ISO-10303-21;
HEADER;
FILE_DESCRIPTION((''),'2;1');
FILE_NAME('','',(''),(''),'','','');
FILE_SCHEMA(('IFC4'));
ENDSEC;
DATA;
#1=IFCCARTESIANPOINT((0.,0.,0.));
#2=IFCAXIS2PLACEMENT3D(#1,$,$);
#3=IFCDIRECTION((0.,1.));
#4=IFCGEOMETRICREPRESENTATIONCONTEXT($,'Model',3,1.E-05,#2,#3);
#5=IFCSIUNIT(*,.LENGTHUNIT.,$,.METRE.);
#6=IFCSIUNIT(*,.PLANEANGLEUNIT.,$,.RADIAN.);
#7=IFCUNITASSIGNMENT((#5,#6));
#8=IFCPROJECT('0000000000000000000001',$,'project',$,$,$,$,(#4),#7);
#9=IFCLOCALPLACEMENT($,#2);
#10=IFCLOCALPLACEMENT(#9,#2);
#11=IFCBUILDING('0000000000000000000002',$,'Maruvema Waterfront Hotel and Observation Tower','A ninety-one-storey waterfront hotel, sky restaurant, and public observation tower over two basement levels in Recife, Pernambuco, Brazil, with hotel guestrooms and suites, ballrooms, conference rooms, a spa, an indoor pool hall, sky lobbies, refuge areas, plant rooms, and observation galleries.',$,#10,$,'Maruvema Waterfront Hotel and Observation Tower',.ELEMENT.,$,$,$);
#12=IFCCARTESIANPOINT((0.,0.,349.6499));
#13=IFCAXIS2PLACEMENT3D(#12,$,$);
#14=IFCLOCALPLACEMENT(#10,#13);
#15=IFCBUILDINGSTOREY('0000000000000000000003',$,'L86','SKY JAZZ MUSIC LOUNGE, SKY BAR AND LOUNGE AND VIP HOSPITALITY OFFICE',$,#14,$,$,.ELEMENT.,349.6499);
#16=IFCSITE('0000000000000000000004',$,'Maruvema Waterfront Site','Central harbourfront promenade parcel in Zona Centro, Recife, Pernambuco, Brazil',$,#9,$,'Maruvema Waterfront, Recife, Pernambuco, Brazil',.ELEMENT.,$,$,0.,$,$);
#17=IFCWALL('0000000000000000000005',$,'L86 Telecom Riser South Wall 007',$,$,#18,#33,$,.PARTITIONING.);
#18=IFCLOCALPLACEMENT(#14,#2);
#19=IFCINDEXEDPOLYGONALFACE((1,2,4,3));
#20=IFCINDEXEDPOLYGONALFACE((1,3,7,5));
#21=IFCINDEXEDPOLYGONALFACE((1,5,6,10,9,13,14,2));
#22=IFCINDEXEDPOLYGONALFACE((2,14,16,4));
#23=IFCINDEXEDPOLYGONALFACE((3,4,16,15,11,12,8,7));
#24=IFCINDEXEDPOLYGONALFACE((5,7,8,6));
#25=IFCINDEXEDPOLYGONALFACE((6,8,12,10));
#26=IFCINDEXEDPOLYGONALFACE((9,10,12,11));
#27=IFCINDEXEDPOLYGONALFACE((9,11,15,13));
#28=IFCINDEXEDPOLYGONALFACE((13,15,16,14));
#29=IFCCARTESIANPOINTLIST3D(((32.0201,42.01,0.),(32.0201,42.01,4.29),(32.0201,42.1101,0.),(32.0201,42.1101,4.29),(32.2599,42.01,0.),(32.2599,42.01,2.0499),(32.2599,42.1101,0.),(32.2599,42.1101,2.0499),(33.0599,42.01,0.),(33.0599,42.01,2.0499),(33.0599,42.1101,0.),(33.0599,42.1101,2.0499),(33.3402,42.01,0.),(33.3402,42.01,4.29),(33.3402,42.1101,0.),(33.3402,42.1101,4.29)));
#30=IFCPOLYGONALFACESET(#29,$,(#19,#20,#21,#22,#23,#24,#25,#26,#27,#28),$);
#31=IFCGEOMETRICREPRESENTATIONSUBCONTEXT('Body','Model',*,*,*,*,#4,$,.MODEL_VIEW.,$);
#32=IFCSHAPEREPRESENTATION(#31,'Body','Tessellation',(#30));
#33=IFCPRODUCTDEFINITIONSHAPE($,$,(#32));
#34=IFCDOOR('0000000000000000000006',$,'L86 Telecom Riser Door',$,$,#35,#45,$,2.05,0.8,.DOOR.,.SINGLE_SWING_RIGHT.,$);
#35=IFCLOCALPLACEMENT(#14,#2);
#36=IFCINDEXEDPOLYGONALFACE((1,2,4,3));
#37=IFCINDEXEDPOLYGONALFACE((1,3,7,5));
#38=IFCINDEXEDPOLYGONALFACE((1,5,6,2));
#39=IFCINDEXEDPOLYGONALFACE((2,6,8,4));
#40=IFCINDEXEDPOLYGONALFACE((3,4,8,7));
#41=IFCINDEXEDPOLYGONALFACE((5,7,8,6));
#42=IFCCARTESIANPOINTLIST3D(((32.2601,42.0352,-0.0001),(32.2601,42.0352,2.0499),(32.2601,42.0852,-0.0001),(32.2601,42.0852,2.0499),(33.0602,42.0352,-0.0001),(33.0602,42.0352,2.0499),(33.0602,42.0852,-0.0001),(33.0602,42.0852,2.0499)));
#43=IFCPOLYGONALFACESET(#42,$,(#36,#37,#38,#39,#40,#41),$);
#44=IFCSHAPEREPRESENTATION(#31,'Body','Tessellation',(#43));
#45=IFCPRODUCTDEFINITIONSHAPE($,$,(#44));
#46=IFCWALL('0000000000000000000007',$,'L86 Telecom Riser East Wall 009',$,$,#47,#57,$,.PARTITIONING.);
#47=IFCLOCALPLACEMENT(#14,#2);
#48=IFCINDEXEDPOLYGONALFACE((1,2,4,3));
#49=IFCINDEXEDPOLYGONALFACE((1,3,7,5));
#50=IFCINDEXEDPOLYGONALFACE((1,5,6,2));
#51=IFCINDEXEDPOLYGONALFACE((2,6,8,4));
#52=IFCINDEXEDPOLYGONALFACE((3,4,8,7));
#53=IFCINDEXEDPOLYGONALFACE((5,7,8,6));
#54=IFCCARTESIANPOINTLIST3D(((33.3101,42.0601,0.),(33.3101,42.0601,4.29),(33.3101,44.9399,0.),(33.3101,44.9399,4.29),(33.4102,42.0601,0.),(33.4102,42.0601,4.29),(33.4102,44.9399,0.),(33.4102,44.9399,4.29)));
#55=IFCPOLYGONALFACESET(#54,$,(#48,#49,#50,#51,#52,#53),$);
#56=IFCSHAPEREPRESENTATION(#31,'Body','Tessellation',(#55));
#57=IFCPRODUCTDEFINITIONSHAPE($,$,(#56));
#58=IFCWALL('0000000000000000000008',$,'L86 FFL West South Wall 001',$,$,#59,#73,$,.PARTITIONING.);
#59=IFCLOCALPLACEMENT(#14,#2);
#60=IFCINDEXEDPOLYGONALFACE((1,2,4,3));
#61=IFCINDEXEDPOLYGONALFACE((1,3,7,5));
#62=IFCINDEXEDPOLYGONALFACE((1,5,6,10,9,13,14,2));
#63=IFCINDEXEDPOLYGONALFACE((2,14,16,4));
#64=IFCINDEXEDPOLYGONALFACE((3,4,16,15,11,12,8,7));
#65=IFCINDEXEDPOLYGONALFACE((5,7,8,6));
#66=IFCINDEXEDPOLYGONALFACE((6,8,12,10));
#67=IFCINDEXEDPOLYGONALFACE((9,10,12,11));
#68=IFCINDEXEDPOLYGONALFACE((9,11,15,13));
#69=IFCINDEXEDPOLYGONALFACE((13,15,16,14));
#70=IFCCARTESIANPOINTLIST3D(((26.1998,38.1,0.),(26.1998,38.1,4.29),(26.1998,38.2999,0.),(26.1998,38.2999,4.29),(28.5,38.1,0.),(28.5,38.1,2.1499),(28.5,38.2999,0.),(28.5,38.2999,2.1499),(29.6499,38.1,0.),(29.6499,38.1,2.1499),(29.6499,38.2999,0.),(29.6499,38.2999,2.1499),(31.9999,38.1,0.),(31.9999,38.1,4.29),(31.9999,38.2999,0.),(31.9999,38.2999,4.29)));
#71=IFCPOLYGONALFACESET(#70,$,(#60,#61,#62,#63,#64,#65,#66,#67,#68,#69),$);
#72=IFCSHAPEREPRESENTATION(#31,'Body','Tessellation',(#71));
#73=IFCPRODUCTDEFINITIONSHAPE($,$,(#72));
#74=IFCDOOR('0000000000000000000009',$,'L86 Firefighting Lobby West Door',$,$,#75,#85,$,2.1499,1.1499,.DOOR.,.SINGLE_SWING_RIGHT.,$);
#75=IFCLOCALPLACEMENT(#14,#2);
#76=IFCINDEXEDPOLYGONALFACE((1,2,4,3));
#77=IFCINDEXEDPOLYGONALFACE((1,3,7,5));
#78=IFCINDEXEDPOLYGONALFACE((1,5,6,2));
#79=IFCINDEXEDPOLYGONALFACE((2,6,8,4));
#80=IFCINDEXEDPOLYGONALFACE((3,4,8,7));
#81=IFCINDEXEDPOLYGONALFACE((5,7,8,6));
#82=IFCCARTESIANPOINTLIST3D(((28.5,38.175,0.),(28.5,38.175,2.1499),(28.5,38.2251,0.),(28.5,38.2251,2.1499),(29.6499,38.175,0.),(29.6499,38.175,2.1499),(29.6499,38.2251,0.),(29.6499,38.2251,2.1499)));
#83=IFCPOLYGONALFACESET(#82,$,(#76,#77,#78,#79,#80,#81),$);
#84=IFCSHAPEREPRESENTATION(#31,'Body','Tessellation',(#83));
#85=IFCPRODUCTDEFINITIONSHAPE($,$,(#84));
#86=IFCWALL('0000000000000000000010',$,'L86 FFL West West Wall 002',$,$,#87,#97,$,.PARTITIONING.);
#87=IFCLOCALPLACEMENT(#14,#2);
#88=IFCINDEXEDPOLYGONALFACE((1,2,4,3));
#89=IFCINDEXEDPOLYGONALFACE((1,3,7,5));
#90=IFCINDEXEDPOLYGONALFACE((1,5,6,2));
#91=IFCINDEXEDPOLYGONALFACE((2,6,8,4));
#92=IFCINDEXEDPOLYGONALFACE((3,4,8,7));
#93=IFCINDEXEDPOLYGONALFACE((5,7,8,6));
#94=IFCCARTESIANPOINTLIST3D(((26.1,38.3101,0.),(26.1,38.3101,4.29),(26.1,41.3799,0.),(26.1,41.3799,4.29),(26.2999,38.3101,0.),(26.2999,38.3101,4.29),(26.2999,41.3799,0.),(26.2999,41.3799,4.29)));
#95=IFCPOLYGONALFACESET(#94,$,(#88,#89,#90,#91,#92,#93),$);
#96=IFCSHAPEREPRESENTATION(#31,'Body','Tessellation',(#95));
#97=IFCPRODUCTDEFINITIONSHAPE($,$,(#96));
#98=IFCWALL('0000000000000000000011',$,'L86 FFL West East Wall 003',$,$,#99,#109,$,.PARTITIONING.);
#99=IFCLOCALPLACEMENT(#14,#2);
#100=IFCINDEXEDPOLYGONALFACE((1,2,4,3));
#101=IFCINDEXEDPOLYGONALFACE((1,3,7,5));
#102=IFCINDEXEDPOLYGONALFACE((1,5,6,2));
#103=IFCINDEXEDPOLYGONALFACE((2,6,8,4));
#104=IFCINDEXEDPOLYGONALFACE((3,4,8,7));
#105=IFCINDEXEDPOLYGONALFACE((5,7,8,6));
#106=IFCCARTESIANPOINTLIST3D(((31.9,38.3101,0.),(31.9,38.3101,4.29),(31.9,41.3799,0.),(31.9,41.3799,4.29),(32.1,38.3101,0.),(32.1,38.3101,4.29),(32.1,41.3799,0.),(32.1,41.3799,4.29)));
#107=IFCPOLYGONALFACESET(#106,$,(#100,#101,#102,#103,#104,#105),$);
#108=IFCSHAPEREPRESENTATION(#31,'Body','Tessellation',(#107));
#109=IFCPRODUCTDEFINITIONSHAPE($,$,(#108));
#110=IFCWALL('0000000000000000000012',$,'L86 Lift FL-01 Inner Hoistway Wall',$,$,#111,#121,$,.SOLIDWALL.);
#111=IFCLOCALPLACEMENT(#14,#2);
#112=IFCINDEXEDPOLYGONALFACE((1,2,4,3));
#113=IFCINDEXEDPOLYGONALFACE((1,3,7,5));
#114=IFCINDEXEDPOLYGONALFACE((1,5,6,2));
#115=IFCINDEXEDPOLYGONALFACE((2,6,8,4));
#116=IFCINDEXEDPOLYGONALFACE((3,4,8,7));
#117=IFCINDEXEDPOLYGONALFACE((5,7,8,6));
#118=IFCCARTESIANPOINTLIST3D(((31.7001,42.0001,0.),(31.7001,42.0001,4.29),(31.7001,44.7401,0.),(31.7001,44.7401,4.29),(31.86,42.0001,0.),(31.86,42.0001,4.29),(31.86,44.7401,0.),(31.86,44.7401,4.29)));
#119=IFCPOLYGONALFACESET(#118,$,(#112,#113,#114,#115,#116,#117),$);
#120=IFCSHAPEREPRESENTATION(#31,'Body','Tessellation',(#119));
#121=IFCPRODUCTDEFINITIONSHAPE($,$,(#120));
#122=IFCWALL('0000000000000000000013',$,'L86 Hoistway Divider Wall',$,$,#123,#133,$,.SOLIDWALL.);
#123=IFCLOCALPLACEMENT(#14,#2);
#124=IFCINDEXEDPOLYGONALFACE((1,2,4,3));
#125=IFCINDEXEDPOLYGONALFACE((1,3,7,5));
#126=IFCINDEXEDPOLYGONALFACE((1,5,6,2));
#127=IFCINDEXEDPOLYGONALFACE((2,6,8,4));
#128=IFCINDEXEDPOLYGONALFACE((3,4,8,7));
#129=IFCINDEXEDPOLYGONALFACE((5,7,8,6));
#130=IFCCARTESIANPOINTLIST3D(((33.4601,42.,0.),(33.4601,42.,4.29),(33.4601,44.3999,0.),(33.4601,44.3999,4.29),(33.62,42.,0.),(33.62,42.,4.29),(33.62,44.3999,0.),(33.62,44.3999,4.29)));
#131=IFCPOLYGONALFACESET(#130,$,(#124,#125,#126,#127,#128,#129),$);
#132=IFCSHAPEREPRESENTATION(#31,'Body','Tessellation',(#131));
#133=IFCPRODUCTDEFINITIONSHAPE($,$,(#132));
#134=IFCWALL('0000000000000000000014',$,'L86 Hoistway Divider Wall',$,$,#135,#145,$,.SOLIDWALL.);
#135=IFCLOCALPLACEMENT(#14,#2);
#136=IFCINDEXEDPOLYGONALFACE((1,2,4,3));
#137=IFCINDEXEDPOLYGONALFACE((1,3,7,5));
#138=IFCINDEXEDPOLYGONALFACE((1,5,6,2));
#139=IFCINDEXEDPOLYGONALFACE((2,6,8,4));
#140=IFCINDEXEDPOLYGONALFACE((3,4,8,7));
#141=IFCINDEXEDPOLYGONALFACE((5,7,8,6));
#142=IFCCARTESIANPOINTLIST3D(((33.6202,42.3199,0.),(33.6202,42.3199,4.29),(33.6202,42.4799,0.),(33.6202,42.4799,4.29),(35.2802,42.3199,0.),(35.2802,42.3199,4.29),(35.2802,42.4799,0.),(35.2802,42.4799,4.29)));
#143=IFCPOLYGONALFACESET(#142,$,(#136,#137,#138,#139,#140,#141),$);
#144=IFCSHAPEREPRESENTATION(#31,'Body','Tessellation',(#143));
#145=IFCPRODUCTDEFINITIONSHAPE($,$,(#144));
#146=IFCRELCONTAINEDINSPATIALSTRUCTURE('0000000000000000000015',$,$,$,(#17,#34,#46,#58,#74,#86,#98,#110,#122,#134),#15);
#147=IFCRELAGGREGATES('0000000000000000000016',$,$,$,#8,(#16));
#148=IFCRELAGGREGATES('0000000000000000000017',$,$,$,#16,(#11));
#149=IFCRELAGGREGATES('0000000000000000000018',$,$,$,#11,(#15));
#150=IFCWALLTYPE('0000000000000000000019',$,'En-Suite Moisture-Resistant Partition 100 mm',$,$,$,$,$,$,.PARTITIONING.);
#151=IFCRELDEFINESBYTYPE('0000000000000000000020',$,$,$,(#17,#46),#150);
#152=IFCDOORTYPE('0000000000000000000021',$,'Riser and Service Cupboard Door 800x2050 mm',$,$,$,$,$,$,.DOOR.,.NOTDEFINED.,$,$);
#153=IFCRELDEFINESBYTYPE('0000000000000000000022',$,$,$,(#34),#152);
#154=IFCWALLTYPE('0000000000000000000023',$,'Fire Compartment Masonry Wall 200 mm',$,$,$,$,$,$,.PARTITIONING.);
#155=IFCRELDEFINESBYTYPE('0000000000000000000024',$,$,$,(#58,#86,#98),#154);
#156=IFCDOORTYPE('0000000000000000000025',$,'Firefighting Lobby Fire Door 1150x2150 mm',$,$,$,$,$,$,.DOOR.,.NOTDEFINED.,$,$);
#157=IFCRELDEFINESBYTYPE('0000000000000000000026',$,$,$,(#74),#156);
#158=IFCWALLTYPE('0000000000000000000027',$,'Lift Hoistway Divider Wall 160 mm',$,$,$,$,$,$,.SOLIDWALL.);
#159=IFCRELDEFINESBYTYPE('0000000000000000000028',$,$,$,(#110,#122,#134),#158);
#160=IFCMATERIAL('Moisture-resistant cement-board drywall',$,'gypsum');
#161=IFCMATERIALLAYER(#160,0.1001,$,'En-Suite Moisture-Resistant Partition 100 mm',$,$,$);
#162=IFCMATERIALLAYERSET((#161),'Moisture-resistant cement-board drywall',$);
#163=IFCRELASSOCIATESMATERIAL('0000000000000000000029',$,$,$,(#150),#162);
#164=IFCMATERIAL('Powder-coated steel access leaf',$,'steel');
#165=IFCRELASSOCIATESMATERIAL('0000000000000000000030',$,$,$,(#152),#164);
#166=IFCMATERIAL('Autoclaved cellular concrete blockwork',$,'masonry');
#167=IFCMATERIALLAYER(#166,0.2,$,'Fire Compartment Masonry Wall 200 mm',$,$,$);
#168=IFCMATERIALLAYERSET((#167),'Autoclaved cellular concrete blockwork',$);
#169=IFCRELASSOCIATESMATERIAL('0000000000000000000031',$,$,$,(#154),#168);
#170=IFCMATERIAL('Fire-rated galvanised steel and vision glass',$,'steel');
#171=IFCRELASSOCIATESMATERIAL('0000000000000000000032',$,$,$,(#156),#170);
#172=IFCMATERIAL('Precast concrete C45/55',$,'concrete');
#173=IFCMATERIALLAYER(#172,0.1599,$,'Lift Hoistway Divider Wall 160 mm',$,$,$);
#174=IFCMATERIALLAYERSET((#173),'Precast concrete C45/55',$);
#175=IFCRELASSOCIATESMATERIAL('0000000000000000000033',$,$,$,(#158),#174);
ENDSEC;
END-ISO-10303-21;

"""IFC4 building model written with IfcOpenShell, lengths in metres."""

from ifc_helpers import new_model, si_unit, direction, frame, frame_2d, origin, place, context, subcontext, project, spatial, rectangle, extrude, material, layer, layer_set, type_object, element, fill, save


model = new_model("IFC4")

# Units and contexts
model_context = context("Model", 3, precision=1e-05, world=origin(), true_north=direction((0.0, 1.0)))
body_context = subcontext(model_context, "Body", "Model", "MODEL_VIEW")
ifc_project = project(units=[si_unit("LENGTHUNIT", "METRE"), si_unit("PLANEANGLEUNIT", "RADIAN")], contexts=[model_context])

# Site, building, storey
site_placement = place(None, origin())
site = spatial("IfcSite", under=ifc_project, at=site_placement, Name="Maruvema Waterfront Site", Description="Central harbourfront promenade parcel in Zona Centro, Recife, Pernambuco, Brazil", LongName="Maruvema Waterfront, Recife, Pernambuco, Brazil", CompositionType="ELEMENT", RefElevation=0.0)
building_placement = place(site_placement, origin())
building = spatial("IfcBuilding", under=site, at=building_placement, Name="Maruvema Waterfront Hotel and Observation Tower", Description="A ninety-one-storey waterfront hotel, sky restaurant, and public observation tower over two basement levels in Recife, Pernambuco, Brazil, with hotel guestrooms and suites, ballrooms, conference rooms, a spa, an indoor pool hall, sky lobbies, refuge areas, plant rooms, and observation galleries.", LongName="Maruvema Waterfront Hotel and Observation Tower", CompositionType="ELEMENT")
storey_placement = place(building_placement, frame((0.0, 0.0, 349.6499)))
storey = spatial("IfcBuildingStorey", under=building, at=storey_placement, Name="L86", Description="SKY JAZZ MUSIC LOUNGE, SKY BAR AND LOUNGE AND VIP HOSPITALITY OFFICE", CompositionType="ELEMENT", Elevation=349.6499)

# Wall, opening, door
ifc_material_1 = material(Name="Moisture-resistant cement-board drywall", Category="gypsum")
ifc_layer_1 = layer(ifc_material_1, 0.1001, Name="En-Suite Moisture-Resistant Partition 100 mm")
ifc_layer_set_1 = layer_set([ifc_layer_1], Name="Moisture-resistant cement-board drywall")
wall_type_1 = type_object("IfcWallType", Name="En-Suite Moisture-Resistant Partition 100 mm", PredefinedType="PARTITIONING", material=ifc_layer_set_1)
wall_1_placement = place(storey_placement, frame((32.02, 42.0601, 0.0), z_axis=(0.0, 0.0, 1.0), x_axis=(1.0, 0.0, 0.0)))
wall_1 = element("IfcWall", 1, at=wall_1_placement, inside=storey, type_object=wall_type_1, Name="L86 Telecom Riser South Wall 007", PredefinedType="PARTITIONING", context=body_context, shape_type="SweptSolid", body=[
    extrude(rectangle(XDim=1.3201, YDim=0.1001, at=frame_2d((0.6602, 0.0))), origin(), (0.0, 0.0, 1.0), 4.29),
])
opening_1_placement = place(wall_1_placement, frame((0.24, 0.0, 0.0)))
opening_1 = element("IfcOpeningElement", 2, at=opening_1_placement, cuts=wall_1, PredefinedType="OPENING", context=body_context, shape_type="SweptSolid", body=[
    extrude(rectangle(XDim=0.8, YDim=2.05, at=frame_2d((0.3999, 1.0249))), frame((0.0, 0.0601, 0.0), z_axis=(0.0, -1.0, 0.0), x_axis=(1.0, 0.0, 0.0)), (0.0, 0.0, 1.0), 0.1201),
])
ifc_material_2 = material(Name="Powder-coated steel access leaf", Category="steel")
door_type_1 = type_object("IfcDoorType", Name="Riser and Service Cupboard Door 800x2050 mm", OperationType="NOTDEFINED", PredefinedType="DOOR", material=ifc_material_2)
door_1_placement = place(opening_1_placement, frame((0.8, 0.0, 0.0), z_axis=(0.0, 0.0, 1.0), x_axis=(-1.0, 0.0, 0.0)))
door_1 = element("IfcDoor", 3, at=door_1_placement, inside=storey, type_object=door_type_1, Name="L86 Telecom Riser Door", OperationType="SINGLE_SWING_RIGHT", OverallHeight=2.05, OverallWidth=0.8, PredefinedType="DOOR", context=body_context, shape_type="SweptSolid", body=[
    extrude(rectangle(XDim=0.8, YDim=2.05, at=frame_2d((0.3999, 1.0249))), frame((0.0, 0.0249, 0.0), z_axis=(0.0, -1.0, 0.0), x_axis=(1.0, 0.0, 0.0)), (0.0, 0.0, 1.0), 0.05),
])
fill(opening_1, door_1)

# Wall
wall_2_placement = place(storey_placement, frame((33.3601, 42.0601, 0.0), z_axis=(0.0, 0.0, 1.0), x_axis=(0.0, 1.0, 0.0)))
element("IfcWall", 4, at=wall_2_placement, inside=storey, type_object=wall_type_1, Name="L86 Telecom Riser East Wall 009", PredefinedType="PARTITIONING", context=body_context, shape_type="SweptSolid", body=[
    extrude(rectangle(XDim=2.8799, YDim=0.1001, at=frame_2d((1.4399, 0.0))), origin(), (0.0, 0.0, 1.0), 4.29),
])

# Wall, opening, door
ifc_material_3 = material(Name="Autoclaved cellular concrete blockwork", Category="masonry")
ifc_layer_2 = layer(ifc_material_3, 0.2, Name="Fire Compartment Masonry Wall 200 mm")
ifc_layer_set_2 = layer_set([ifc_layer_2], Name="Autoclaved cellular concrete blockwork")
wall_type_2 = type_object("IfcWallType", Name="Fire Compartment Masonry Wall 200 mm", PredefinedType="PARTITIONING", material=ifc_layer_set_2)
wall_3_placement = place(storey_placement, frame((26.2, 38.2, 0.0), z_axis=(0.0, 0.0, 1.0), x_axis=(1.0, 0.0, 0.0)))
wall_3 = element("IfcWall", 5, at=wall_3_placement, inside=storey, type_object=wall_type_2, Name="L86 FFL West South Wall 001", PredefinedType="PARTITIONING", context=body_context, shape_type="SweptSolid", body=[
    extrude(rectangle(XDim=5.8, YDim=0.2, at=frame_2d((2.8999, 0.0))), origin(), (0.0, 0.0, 1.0), 4.29),
])
opening_2_placement = place(wall_3_placement, frame((2.3, 0.0, 0.0)))
opening_2 = element("IfcOpeningElement", 6, at=opening_2_placement, cuts=wall_3, PredefinedType="OPENING", context=body_context, shape_type="SweptSolid", body=[
    extrude(rectangle(XDim=1.1499, YDim=2.1499, at=frame_2d((0.575, 1.075))), frame((0.0, 0.1099, 0.0), z_axis=(0.0, -1.0, 0.0), x_axis=(1.0, 0.0, 0.0)), (0.0, 0.0, 1.0), 0.22),
])
ifc_material_4 = material(Name="Fire-rated galvanised steel and vision glass", Category="steel")
door_type_2 = type_object("IfcDoorType", Name="Firefighting Lobby Fire Door 1150x2150 mm", OperationType="NOTDEFINED", PredefinedType="DOOR", material=ifc_material_4)
door_2_placement = place(opening_2_placement, frame((1.1499, 0.0, 0.0), z_axis=(0.0, 0.0, 1.0), x_axis=(-1.0, 0.0, 0.0)))
door_2 = element("IfcDoor", 7, at=door_2_placement, inside=storey, type_object=door_type_2, Name="L86 Firefighting Lobby West Door", OperationType="SINGLE_SWING_RIGHT", OverallHeight=2.1499, OverallWidth=1.1499, PredefinedType="DOOR", context=body_context, shape_type="SweptSolid", body=[
    extrude(rectangle(XDim=1.1499, YDim=2.1499, at=frame_2d((0.575, 1.075))), frame((0.0, 0.0249, 0.0), z_axis=(0.0, -1.0, 0.0), x_axis=(1.0, 0.0, 0.0)), (0.0, 0.0, 1.0), 0.05),
])
fill(opening_2, door_2)

# Walls
for number, where, z_axis, x_axis, name in (
    (8, (26.2, 38.3101, 0.0), (0.0, 0.0, 1.0), (0.0, 1.0, 0.0), "L86 FFL West West Wall 002"),
    (9, (32.0, 38.3101, 0.0), (0.0, 0.0, 1.0), (0.0, 1.0, 0.0), "L86 FFL West East Wall 003"),
):
    element("IfcWall", number, at=place(storey_placement, frame(where, z_axis=z_axis, x_axis=x_axis)), inside=storey, type_object=wall_type_2, Name=name, PredefinedType="PARTITIONING", context=body_context, shape_type="SweptSolid", body=[
        extrude(rectangle(XDim=3.0698, YDim=0.2, at=frame_2d((1.5349, 0.0))), origin(), (0.0, 0.0, 1.0), 4.29),
    ])
ifc_material_5 = material(Name="Precast concrete C45/55", Category="concrete")
ifc_layer_3 = layer(ifc_material_5, 0.1599, Name="Lift Hoistway Divider Wall 160 mm")
ifc_layer_set_3 = layer_set([ifc_layer_3], Name="Precast concrete C45/55")
wall_type_3 = type_object("IfcWallType", Name="Lift Hoistway Divider Wall 160 mm", PredefinedType="SOLIDWALL", material=ifc_layer_set_3)
wall_4_placement = place(storey_placement, frame((31.78, 42.0, 0.0), z_axis=(0.0, 0.0, 1.0), x_axis=(0.0, 1.0, 0.0)))
element("IfcWall", 10, at=wall_4_placement, inside=storey, type_object=wall_type_3, Name="L86 Lift FL-01 Inner Hoistway Wall", PredefinedType="SOLIDWALL", context=body_context, shape_type="SweptSolid", body=[
    extrude(rectangle(XDim=2.74, YDim=0.1599, at=frame_2d((1.3701, 0.0))), origin(), (0.0, 0.0, 1.0), 4.29),
])
wall_5_placement = place(storey_placement, frame((33.54, 42.0, 0.0), z_axis=(0.0, 0.0, 1.0), x_axis=(0.0, 1.0, 0.0)))
element("IfcWall", 11, at=wall_5_placement, inside=storey, type_object=wall_type_3, Name="L86 Hoistway Divider Wall", PredefinedType="SOLIDWALL", context=body_context, shape_type="SweptSolid", body=[
    extrude(rectangle(XDim=2.3999, YDim=0.1599, at=frame_2d((1.2, 0.0))), origin(), (0.0, 0.0, 1.0), 4.29),
])
wall_6_placement = place(storey_placement, frame((33.6201, 42.3999, 0.0), z_axis=(0.0, 0.0, 1.0), x_axis=(1.0, 0.0, 0.0)))
element("IfcWall", 12, at=wall_6_placement, inside=storey, type_object=wall_type_3, Name="L86 Hoistway Divider Wall", PredefinedType="SOLIDWALL", context=body_context, shape_type="SweptSolid", body=[
    extrude(rectangle(XDim=1.6599, YDim=0.1599, at=frame_2d((0.8301, 0.0))), origin(), (0.0, 0.0, 1.0), 4.29),
])

save(model, "model.ifc")
